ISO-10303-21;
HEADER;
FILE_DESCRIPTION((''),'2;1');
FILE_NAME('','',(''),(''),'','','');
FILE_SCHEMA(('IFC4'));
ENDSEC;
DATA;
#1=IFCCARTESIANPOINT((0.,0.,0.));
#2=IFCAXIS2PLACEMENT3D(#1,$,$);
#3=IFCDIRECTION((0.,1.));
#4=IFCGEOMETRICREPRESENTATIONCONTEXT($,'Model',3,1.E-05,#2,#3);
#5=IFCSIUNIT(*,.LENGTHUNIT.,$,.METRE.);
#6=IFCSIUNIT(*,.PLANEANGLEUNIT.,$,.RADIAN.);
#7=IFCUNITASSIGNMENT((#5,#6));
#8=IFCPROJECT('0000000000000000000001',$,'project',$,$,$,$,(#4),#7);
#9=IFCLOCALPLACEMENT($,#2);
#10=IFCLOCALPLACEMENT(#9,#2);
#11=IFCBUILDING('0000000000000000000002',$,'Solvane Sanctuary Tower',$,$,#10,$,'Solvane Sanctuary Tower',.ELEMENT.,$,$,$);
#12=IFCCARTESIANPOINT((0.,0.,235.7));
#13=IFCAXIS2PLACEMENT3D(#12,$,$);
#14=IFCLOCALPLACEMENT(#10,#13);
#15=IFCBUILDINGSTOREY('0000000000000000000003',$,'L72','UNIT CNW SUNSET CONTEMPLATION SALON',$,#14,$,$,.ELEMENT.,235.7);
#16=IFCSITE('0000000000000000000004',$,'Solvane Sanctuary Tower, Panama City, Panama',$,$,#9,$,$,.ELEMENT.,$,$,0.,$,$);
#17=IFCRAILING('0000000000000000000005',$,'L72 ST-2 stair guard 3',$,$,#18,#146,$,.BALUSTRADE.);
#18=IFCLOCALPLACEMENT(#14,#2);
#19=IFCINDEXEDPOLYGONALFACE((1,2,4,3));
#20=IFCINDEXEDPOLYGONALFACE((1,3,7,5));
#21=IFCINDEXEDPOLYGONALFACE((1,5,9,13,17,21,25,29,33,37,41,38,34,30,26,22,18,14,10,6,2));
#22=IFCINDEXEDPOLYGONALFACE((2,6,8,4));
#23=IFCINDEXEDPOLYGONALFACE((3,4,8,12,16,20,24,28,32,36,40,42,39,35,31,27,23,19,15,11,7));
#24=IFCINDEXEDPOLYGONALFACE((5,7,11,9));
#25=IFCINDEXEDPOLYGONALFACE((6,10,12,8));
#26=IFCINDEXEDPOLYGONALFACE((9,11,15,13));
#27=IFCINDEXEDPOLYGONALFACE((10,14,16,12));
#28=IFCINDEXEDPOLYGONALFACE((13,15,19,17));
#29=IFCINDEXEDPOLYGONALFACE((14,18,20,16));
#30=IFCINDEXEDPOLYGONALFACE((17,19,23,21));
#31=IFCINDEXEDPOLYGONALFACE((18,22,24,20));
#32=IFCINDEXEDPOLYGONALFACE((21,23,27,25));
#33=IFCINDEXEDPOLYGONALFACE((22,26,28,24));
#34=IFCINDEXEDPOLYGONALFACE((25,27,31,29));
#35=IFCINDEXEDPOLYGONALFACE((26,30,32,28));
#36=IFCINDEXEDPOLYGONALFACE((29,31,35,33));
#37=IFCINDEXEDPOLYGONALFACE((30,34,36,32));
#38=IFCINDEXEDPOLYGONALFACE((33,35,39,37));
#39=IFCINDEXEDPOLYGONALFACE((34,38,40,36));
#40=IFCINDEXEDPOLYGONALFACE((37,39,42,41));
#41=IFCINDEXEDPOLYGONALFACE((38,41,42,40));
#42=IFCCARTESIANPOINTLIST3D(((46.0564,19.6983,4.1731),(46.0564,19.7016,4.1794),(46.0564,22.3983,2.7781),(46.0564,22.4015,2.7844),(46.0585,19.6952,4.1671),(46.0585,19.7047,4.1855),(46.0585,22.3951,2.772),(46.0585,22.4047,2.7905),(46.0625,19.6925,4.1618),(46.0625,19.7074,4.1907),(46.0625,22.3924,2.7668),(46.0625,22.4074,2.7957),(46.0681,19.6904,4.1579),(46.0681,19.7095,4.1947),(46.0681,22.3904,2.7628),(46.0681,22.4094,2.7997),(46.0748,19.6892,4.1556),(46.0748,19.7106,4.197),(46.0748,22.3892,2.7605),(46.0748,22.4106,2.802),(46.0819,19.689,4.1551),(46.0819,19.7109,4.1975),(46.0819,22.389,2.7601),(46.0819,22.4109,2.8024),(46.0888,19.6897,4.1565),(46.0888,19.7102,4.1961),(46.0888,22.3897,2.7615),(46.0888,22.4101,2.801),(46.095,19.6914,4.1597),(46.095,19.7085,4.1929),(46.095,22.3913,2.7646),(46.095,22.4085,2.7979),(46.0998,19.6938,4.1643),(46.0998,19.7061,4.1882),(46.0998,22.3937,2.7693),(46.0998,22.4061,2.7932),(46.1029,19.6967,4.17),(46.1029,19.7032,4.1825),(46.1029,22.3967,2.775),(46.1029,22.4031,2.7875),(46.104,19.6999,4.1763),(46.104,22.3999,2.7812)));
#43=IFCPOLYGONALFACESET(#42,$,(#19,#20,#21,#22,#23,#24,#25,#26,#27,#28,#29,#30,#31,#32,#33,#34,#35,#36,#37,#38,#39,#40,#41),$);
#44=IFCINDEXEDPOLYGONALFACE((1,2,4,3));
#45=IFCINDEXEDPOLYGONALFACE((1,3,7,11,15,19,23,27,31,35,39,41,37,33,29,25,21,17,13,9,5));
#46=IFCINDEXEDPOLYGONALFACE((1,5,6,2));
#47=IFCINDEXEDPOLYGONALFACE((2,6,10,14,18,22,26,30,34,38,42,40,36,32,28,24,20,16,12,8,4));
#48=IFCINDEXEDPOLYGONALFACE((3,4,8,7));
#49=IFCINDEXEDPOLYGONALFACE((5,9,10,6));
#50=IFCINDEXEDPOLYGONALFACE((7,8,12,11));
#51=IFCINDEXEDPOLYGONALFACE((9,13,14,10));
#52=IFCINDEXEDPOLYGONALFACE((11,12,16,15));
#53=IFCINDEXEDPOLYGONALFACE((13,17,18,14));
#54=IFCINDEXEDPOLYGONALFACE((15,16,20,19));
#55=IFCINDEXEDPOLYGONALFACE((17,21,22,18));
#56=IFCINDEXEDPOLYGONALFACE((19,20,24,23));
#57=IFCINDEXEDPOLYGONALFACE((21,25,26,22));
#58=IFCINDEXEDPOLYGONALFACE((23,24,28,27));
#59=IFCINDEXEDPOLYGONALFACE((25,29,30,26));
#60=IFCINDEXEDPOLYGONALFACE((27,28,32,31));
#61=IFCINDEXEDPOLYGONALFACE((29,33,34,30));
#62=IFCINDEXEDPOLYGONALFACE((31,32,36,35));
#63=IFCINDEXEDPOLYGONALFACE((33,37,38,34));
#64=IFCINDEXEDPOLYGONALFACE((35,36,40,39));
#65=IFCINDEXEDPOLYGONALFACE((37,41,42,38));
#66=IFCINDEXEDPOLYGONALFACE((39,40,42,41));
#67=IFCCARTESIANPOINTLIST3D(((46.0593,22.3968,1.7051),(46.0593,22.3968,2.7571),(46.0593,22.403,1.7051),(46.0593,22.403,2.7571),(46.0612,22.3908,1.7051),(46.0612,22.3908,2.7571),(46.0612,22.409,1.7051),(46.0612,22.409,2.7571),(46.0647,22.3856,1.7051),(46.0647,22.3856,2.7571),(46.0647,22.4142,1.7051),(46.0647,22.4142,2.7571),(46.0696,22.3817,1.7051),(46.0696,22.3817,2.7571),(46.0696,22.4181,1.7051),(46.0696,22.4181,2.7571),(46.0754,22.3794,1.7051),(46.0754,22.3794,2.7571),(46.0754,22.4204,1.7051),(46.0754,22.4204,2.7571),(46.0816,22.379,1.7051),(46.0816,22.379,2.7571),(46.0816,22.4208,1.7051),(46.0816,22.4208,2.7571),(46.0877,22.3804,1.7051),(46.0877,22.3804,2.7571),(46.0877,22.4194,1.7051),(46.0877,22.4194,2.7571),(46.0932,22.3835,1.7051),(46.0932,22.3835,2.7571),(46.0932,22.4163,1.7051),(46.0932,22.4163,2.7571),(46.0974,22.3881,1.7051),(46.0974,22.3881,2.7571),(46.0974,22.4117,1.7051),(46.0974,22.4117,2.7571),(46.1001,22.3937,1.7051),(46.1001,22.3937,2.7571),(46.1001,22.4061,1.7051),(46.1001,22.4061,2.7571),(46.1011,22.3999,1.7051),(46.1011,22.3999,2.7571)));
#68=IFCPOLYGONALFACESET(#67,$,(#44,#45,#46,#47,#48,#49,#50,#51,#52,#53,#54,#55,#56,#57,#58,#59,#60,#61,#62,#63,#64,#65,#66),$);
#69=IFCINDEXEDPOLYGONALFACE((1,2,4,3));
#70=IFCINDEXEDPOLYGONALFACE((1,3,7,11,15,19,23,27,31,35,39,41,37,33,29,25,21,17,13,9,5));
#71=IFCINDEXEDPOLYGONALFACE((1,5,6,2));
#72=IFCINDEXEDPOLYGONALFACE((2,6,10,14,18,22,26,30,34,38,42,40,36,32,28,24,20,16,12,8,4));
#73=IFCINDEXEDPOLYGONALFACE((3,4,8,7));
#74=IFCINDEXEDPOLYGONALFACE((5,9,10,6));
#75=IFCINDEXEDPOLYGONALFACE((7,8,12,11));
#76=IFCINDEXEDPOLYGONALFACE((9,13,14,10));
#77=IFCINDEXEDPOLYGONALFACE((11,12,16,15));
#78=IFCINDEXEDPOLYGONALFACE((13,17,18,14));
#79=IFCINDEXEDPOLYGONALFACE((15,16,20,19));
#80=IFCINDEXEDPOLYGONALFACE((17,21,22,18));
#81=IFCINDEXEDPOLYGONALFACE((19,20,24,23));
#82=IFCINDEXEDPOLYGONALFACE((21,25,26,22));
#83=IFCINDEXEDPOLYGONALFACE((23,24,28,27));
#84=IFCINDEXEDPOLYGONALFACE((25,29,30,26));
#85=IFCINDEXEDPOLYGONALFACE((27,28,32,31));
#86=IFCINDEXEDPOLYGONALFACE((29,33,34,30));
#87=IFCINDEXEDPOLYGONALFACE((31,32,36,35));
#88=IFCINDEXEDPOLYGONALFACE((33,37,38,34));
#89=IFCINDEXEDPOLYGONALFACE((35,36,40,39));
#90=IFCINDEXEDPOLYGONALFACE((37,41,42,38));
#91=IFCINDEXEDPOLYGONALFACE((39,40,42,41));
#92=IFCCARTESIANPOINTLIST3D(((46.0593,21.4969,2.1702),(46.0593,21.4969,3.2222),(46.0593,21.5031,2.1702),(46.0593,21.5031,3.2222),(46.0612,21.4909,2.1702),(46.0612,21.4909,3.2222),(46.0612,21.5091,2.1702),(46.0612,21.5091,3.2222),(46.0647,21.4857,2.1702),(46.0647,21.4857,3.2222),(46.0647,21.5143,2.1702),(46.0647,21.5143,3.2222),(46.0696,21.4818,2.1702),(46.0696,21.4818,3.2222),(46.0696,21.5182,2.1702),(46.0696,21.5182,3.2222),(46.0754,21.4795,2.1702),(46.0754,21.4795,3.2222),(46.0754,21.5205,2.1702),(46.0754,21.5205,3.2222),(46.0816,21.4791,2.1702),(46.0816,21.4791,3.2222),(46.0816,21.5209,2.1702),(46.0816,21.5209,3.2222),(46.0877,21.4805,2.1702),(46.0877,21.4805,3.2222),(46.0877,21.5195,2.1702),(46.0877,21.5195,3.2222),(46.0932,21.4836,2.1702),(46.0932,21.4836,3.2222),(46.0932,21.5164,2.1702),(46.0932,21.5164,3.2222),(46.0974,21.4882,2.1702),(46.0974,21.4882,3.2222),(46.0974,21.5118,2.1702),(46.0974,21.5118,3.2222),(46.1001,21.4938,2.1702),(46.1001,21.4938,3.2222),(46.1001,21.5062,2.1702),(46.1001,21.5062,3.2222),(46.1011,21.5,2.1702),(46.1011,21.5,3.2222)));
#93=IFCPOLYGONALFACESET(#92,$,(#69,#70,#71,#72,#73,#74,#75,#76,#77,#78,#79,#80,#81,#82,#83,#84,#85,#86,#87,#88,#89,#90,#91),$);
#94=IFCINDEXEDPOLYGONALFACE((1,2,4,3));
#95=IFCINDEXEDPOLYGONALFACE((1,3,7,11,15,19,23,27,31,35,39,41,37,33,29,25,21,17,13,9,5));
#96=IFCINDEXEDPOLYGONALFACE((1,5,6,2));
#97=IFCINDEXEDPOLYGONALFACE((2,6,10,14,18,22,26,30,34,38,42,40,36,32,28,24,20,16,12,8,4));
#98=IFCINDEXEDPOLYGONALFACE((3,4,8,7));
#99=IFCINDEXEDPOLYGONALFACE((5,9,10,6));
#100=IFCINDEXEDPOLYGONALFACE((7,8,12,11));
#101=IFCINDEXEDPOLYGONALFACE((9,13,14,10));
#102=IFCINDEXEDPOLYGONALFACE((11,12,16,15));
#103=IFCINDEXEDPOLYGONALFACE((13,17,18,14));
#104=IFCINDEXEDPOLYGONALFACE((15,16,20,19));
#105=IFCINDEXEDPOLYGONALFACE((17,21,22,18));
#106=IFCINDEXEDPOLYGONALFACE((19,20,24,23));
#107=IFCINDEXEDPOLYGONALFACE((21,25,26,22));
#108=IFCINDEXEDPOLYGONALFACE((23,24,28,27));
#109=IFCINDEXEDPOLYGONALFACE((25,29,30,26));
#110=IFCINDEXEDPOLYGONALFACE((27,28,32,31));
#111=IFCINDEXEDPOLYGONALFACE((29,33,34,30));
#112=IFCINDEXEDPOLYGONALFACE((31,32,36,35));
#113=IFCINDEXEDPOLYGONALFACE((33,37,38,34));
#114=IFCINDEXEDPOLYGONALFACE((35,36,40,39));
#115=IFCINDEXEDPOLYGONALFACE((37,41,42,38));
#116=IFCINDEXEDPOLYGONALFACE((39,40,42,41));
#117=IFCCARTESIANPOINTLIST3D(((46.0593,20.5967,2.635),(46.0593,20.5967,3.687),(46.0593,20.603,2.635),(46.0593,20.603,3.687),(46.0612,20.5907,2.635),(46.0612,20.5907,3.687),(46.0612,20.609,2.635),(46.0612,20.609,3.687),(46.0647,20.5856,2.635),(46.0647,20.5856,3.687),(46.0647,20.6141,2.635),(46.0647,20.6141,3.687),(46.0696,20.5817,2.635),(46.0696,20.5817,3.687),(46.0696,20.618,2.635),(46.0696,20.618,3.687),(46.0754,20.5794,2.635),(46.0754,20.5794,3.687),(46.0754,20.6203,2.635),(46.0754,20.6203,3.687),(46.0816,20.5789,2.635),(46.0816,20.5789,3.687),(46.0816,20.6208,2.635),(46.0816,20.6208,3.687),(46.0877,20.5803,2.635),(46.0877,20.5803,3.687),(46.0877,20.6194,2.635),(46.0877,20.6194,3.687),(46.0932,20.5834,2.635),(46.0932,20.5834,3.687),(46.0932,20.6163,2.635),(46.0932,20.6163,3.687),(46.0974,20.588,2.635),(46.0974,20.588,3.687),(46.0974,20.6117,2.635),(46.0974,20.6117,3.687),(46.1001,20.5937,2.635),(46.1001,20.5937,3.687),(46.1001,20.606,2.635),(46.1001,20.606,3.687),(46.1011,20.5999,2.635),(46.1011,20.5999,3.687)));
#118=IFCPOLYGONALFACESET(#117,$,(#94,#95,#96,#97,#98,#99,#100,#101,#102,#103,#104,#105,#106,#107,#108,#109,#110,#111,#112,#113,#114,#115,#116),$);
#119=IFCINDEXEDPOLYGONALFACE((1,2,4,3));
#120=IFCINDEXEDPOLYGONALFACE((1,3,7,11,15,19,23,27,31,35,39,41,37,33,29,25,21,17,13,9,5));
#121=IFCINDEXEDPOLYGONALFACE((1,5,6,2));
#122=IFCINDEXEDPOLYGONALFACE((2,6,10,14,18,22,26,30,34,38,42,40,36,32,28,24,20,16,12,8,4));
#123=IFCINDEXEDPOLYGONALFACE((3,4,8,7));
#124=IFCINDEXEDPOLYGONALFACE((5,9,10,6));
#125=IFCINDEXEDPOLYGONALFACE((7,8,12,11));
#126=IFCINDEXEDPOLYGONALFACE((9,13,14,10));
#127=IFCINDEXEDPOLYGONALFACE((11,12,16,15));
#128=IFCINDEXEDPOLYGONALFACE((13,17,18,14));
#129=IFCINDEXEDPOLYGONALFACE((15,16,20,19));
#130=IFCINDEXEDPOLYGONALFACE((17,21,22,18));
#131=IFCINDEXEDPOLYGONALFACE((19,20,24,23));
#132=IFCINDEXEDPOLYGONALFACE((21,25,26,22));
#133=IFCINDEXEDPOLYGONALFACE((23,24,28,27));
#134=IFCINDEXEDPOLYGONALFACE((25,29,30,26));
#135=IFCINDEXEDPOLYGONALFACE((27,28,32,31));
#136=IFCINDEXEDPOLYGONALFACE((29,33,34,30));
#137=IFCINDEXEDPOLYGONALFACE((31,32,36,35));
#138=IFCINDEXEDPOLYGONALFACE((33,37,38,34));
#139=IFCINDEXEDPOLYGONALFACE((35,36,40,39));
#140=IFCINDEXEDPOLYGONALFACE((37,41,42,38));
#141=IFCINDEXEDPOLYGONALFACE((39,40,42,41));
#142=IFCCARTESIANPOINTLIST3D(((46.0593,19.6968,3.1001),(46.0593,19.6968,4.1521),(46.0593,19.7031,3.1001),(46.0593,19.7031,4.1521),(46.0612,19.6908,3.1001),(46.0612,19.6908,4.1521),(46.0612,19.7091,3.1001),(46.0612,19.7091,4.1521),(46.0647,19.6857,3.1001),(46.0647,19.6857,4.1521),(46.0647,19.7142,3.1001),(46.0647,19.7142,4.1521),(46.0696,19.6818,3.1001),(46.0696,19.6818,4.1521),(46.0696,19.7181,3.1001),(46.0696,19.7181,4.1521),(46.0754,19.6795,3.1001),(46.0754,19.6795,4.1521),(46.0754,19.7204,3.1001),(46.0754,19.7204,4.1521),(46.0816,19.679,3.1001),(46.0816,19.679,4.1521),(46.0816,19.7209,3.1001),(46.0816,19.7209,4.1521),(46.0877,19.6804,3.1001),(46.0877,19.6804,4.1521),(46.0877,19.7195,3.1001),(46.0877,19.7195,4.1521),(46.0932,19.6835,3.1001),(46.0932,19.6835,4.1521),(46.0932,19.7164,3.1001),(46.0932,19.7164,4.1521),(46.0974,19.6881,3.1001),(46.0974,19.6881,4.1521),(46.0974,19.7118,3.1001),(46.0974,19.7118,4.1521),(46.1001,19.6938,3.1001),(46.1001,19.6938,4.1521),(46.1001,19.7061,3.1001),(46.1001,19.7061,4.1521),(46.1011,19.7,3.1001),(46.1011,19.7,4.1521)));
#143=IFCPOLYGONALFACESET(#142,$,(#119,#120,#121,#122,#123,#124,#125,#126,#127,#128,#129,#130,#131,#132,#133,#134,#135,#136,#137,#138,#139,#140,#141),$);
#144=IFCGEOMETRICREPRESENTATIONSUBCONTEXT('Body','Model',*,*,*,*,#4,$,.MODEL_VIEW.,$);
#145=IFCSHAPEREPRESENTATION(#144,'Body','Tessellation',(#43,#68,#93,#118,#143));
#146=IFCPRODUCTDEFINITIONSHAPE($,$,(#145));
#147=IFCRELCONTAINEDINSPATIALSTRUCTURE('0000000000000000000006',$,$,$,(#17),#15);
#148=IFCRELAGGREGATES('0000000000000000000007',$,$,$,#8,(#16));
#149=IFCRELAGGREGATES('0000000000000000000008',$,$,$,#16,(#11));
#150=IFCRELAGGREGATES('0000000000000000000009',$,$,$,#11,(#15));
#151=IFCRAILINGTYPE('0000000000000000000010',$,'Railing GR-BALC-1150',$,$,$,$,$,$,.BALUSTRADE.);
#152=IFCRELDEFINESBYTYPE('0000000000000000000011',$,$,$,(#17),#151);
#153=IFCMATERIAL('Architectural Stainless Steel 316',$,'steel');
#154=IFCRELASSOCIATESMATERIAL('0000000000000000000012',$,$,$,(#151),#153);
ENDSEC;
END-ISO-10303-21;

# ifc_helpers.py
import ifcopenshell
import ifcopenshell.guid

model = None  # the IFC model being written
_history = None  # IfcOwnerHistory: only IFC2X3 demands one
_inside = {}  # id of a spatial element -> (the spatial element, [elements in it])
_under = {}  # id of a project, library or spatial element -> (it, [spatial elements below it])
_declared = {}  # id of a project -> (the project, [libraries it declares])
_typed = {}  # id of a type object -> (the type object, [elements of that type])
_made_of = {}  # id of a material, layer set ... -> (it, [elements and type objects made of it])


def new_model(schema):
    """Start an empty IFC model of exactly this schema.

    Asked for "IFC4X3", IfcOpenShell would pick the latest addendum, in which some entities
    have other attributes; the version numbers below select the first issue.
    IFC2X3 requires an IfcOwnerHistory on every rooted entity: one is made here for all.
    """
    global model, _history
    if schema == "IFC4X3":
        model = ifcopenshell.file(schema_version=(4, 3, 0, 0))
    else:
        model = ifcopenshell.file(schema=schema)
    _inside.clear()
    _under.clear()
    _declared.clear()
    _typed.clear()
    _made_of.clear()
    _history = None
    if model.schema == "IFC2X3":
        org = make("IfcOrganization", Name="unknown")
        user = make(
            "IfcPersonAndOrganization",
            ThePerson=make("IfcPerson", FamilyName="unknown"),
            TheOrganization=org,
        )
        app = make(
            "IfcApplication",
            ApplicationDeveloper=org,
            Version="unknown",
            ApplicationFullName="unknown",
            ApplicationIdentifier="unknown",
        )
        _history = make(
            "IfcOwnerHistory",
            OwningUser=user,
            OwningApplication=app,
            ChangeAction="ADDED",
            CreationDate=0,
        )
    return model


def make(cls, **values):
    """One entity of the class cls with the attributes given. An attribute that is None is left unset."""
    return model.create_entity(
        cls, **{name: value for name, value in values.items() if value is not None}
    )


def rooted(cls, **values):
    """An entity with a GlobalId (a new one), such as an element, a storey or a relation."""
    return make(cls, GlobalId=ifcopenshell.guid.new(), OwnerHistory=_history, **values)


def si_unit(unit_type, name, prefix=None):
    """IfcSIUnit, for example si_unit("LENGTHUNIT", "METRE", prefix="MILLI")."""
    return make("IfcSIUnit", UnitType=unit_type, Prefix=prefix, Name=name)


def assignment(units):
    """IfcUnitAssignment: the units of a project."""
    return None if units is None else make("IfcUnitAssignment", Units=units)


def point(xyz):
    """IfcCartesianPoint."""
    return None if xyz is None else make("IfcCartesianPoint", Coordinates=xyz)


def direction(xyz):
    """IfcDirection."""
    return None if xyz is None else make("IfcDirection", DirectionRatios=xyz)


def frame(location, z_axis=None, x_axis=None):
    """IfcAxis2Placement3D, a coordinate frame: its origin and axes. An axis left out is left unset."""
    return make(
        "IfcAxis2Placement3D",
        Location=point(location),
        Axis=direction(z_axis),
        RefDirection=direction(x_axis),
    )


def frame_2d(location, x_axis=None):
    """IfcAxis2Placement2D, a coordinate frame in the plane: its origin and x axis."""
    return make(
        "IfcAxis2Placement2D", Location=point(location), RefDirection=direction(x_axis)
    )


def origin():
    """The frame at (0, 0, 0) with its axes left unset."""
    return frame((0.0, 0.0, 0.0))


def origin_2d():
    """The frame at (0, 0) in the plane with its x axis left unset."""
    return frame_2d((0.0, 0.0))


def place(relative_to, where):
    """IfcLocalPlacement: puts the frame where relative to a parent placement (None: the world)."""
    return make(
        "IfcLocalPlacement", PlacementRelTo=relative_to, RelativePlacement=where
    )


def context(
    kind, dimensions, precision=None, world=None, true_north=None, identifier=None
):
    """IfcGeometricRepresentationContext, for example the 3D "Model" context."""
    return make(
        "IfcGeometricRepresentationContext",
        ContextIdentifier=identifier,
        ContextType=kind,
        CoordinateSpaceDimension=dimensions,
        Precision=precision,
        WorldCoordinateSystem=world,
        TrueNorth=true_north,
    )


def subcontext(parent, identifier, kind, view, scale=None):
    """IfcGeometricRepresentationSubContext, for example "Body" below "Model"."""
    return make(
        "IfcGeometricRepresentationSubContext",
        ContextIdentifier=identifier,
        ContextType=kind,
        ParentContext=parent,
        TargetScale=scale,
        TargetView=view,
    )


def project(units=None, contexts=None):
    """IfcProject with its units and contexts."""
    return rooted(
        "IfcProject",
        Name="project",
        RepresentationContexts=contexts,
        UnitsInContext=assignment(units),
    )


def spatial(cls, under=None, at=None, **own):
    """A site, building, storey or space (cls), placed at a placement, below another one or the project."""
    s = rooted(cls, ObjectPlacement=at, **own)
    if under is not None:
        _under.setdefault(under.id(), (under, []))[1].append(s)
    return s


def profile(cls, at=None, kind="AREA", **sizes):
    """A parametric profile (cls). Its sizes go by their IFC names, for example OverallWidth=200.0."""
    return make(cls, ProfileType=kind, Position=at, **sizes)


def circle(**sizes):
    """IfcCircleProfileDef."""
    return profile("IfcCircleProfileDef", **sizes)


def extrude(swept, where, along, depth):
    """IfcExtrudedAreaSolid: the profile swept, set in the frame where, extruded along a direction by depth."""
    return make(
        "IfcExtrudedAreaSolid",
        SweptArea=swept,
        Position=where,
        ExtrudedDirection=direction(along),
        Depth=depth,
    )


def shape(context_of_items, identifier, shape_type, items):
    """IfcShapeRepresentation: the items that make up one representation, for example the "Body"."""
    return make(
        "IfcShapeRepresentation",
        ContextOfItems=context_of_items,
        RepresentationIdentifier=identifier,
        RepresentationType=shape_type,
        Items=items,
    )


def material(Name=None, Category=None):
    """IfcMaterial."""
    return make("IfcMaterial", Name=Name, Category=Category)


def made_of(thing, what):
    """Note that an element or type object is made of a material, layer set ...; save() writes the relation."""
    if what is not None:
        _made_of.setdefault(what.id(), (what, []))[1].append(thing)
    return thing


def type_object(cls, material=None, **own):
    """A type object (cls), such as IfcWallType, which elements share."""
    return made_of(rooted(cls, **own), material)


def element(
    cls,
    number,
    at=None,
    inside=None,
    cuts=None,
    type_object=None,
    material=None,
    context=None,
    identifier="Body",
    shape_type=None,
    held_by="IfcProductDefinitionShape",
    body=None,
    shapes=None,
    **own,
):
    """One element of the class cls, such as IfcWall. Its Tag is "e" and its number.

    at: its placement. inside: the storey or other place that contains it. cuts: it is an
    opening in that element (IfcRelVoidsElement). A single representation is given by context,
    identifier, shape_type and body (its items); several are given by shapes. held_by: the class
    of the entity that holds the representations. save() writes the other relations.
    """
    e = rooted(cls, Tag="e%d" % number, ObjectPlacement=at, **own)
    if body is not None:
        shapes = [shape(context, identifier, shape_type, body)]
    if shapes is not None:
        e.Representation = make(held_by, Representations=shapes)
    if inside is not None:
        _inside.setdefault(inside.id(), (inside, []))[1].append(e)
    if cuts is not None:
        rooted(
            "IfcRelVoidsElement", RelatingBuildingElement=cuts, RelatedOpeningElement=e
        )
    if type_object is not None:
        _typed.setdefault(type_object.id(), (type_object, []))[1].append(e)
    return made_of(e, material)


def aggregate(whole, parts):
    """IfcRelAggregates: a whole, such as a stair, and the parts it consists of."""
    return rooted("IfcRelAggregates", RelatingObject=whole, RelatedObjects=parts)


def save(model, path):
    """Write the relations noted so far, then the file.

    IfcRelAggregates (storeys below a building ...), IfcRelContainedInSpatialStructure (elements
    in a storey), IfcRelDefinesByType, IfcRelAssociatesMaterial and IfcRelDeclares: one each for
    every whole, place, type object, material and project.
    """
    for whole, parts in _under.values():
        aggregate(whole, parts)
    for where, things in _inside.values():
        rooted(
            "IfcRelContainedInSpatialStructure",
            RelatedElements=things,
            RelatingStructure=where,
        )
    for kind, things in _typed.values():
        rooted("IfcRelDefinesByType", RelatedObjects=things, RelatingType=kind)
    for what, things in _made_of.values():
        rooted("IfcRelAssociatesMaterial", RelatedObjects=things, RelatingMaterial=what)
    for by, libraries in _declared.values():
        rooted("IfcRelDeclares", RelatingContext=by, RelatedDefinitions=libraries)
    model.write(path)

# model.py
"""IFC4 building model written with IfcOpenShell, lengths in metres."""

from ifc_helpers import new_model, si_unit, direction, frame, origin, origin_2d, place, context, subcontext, project, spatial, circle, extrude, material, type_object, element, save


model = new_model("IFC4")

# Units and contexts
model_context = context("Model", 3, precision=1e-05, world=origin(), true_north=direction((0.0, 1.0)))
body_context = subcontext(model_context, "Body", "Model", "MODEL_VIEW")
ifc_project = project(units=[si_unit("LENGTHUNIT", "METRE"), si_unit("PLANEANGLEUNIT", "RADIAN")], contexts=[model_context])

# Site, building, storey
site_placement = place(None, origin())
site = spatial("IfcSite", under=ifc_project, at=site_placement, Name="Solvane Sanctuary Tower, Panama City, Panama", CompositionType="ELEMENT", RefElevation=0.0)
building_placement = place(site_placement, origin())
building = spatial("IfcBuilding", under=site, at=building_placement, Name="Solvane Sanctuary Tower", LongName="Solvane Sanctuary Tower", CompositionType="ELEMENT")
storey_placement = place(building_placement, frame((0.0, 0.0, 235.7)))
storey = spatial("IfcBuildingStorey", under=building, at=storey_placement, Name="L72", Description="UNIT CNW SUNSET CONTEMPLATION SALON", CompositionType="ELEMENT", Elevation=235.7)

# Shared definitions
ifc_material_1 = material(Name="Architectural Stainless Steel 316", Category="steel")

# Railing
railing_type_1 = type_object("IfcRailingType", Name="Railing GR-BALC-1150", PredefinedType="BALUSTRADE", material=ifc_material_1)
railing_1_placement = place(storey_placement, frame((46.0801, 22.3999, 1.7051)))
element("IfcRailing", 1, at=railing_1_placement, inside=storey, type_object=railing_type_1, Name="L72 ST-2 stair guard 3", PredefinedType="BALUSTRADE", context=body_context, shape_type="SweptSolid", body=[
    extrude(circle(Radius=0.0239, at=origin_2d()), frame((0.0, 0.0, 1.0762), z_axis=(0.0, -0.88842, 0.459032), x_axis=(1.0, 0.0, 0.0)), (0.0, 0.0, 1.0), 3.0391),
    extrude(circle(Radius=0.021, at=origin_2d()), origin(), (0.0, 0.0, 1.0), 1.052),
    extrude(circle(Radius=0.021, at=origin_2d()), frame((0.0, -0.8999, 0.4651)), (0.0, 0.0, 1.0), 1.052),
    extrude(circle(Radius=0.021, at=origin_2d()), frame((0.0, -1.8, 0.9299)), (0.0, 0.0, 1.0), 1.052),
    extrude(circle(Radius=0.021, at=origin_2d()), frame((0.0, -2.7, 1.395)), (0.0, 0.0, 1.0), 1.052),
])

save(model, "model.ifc")
